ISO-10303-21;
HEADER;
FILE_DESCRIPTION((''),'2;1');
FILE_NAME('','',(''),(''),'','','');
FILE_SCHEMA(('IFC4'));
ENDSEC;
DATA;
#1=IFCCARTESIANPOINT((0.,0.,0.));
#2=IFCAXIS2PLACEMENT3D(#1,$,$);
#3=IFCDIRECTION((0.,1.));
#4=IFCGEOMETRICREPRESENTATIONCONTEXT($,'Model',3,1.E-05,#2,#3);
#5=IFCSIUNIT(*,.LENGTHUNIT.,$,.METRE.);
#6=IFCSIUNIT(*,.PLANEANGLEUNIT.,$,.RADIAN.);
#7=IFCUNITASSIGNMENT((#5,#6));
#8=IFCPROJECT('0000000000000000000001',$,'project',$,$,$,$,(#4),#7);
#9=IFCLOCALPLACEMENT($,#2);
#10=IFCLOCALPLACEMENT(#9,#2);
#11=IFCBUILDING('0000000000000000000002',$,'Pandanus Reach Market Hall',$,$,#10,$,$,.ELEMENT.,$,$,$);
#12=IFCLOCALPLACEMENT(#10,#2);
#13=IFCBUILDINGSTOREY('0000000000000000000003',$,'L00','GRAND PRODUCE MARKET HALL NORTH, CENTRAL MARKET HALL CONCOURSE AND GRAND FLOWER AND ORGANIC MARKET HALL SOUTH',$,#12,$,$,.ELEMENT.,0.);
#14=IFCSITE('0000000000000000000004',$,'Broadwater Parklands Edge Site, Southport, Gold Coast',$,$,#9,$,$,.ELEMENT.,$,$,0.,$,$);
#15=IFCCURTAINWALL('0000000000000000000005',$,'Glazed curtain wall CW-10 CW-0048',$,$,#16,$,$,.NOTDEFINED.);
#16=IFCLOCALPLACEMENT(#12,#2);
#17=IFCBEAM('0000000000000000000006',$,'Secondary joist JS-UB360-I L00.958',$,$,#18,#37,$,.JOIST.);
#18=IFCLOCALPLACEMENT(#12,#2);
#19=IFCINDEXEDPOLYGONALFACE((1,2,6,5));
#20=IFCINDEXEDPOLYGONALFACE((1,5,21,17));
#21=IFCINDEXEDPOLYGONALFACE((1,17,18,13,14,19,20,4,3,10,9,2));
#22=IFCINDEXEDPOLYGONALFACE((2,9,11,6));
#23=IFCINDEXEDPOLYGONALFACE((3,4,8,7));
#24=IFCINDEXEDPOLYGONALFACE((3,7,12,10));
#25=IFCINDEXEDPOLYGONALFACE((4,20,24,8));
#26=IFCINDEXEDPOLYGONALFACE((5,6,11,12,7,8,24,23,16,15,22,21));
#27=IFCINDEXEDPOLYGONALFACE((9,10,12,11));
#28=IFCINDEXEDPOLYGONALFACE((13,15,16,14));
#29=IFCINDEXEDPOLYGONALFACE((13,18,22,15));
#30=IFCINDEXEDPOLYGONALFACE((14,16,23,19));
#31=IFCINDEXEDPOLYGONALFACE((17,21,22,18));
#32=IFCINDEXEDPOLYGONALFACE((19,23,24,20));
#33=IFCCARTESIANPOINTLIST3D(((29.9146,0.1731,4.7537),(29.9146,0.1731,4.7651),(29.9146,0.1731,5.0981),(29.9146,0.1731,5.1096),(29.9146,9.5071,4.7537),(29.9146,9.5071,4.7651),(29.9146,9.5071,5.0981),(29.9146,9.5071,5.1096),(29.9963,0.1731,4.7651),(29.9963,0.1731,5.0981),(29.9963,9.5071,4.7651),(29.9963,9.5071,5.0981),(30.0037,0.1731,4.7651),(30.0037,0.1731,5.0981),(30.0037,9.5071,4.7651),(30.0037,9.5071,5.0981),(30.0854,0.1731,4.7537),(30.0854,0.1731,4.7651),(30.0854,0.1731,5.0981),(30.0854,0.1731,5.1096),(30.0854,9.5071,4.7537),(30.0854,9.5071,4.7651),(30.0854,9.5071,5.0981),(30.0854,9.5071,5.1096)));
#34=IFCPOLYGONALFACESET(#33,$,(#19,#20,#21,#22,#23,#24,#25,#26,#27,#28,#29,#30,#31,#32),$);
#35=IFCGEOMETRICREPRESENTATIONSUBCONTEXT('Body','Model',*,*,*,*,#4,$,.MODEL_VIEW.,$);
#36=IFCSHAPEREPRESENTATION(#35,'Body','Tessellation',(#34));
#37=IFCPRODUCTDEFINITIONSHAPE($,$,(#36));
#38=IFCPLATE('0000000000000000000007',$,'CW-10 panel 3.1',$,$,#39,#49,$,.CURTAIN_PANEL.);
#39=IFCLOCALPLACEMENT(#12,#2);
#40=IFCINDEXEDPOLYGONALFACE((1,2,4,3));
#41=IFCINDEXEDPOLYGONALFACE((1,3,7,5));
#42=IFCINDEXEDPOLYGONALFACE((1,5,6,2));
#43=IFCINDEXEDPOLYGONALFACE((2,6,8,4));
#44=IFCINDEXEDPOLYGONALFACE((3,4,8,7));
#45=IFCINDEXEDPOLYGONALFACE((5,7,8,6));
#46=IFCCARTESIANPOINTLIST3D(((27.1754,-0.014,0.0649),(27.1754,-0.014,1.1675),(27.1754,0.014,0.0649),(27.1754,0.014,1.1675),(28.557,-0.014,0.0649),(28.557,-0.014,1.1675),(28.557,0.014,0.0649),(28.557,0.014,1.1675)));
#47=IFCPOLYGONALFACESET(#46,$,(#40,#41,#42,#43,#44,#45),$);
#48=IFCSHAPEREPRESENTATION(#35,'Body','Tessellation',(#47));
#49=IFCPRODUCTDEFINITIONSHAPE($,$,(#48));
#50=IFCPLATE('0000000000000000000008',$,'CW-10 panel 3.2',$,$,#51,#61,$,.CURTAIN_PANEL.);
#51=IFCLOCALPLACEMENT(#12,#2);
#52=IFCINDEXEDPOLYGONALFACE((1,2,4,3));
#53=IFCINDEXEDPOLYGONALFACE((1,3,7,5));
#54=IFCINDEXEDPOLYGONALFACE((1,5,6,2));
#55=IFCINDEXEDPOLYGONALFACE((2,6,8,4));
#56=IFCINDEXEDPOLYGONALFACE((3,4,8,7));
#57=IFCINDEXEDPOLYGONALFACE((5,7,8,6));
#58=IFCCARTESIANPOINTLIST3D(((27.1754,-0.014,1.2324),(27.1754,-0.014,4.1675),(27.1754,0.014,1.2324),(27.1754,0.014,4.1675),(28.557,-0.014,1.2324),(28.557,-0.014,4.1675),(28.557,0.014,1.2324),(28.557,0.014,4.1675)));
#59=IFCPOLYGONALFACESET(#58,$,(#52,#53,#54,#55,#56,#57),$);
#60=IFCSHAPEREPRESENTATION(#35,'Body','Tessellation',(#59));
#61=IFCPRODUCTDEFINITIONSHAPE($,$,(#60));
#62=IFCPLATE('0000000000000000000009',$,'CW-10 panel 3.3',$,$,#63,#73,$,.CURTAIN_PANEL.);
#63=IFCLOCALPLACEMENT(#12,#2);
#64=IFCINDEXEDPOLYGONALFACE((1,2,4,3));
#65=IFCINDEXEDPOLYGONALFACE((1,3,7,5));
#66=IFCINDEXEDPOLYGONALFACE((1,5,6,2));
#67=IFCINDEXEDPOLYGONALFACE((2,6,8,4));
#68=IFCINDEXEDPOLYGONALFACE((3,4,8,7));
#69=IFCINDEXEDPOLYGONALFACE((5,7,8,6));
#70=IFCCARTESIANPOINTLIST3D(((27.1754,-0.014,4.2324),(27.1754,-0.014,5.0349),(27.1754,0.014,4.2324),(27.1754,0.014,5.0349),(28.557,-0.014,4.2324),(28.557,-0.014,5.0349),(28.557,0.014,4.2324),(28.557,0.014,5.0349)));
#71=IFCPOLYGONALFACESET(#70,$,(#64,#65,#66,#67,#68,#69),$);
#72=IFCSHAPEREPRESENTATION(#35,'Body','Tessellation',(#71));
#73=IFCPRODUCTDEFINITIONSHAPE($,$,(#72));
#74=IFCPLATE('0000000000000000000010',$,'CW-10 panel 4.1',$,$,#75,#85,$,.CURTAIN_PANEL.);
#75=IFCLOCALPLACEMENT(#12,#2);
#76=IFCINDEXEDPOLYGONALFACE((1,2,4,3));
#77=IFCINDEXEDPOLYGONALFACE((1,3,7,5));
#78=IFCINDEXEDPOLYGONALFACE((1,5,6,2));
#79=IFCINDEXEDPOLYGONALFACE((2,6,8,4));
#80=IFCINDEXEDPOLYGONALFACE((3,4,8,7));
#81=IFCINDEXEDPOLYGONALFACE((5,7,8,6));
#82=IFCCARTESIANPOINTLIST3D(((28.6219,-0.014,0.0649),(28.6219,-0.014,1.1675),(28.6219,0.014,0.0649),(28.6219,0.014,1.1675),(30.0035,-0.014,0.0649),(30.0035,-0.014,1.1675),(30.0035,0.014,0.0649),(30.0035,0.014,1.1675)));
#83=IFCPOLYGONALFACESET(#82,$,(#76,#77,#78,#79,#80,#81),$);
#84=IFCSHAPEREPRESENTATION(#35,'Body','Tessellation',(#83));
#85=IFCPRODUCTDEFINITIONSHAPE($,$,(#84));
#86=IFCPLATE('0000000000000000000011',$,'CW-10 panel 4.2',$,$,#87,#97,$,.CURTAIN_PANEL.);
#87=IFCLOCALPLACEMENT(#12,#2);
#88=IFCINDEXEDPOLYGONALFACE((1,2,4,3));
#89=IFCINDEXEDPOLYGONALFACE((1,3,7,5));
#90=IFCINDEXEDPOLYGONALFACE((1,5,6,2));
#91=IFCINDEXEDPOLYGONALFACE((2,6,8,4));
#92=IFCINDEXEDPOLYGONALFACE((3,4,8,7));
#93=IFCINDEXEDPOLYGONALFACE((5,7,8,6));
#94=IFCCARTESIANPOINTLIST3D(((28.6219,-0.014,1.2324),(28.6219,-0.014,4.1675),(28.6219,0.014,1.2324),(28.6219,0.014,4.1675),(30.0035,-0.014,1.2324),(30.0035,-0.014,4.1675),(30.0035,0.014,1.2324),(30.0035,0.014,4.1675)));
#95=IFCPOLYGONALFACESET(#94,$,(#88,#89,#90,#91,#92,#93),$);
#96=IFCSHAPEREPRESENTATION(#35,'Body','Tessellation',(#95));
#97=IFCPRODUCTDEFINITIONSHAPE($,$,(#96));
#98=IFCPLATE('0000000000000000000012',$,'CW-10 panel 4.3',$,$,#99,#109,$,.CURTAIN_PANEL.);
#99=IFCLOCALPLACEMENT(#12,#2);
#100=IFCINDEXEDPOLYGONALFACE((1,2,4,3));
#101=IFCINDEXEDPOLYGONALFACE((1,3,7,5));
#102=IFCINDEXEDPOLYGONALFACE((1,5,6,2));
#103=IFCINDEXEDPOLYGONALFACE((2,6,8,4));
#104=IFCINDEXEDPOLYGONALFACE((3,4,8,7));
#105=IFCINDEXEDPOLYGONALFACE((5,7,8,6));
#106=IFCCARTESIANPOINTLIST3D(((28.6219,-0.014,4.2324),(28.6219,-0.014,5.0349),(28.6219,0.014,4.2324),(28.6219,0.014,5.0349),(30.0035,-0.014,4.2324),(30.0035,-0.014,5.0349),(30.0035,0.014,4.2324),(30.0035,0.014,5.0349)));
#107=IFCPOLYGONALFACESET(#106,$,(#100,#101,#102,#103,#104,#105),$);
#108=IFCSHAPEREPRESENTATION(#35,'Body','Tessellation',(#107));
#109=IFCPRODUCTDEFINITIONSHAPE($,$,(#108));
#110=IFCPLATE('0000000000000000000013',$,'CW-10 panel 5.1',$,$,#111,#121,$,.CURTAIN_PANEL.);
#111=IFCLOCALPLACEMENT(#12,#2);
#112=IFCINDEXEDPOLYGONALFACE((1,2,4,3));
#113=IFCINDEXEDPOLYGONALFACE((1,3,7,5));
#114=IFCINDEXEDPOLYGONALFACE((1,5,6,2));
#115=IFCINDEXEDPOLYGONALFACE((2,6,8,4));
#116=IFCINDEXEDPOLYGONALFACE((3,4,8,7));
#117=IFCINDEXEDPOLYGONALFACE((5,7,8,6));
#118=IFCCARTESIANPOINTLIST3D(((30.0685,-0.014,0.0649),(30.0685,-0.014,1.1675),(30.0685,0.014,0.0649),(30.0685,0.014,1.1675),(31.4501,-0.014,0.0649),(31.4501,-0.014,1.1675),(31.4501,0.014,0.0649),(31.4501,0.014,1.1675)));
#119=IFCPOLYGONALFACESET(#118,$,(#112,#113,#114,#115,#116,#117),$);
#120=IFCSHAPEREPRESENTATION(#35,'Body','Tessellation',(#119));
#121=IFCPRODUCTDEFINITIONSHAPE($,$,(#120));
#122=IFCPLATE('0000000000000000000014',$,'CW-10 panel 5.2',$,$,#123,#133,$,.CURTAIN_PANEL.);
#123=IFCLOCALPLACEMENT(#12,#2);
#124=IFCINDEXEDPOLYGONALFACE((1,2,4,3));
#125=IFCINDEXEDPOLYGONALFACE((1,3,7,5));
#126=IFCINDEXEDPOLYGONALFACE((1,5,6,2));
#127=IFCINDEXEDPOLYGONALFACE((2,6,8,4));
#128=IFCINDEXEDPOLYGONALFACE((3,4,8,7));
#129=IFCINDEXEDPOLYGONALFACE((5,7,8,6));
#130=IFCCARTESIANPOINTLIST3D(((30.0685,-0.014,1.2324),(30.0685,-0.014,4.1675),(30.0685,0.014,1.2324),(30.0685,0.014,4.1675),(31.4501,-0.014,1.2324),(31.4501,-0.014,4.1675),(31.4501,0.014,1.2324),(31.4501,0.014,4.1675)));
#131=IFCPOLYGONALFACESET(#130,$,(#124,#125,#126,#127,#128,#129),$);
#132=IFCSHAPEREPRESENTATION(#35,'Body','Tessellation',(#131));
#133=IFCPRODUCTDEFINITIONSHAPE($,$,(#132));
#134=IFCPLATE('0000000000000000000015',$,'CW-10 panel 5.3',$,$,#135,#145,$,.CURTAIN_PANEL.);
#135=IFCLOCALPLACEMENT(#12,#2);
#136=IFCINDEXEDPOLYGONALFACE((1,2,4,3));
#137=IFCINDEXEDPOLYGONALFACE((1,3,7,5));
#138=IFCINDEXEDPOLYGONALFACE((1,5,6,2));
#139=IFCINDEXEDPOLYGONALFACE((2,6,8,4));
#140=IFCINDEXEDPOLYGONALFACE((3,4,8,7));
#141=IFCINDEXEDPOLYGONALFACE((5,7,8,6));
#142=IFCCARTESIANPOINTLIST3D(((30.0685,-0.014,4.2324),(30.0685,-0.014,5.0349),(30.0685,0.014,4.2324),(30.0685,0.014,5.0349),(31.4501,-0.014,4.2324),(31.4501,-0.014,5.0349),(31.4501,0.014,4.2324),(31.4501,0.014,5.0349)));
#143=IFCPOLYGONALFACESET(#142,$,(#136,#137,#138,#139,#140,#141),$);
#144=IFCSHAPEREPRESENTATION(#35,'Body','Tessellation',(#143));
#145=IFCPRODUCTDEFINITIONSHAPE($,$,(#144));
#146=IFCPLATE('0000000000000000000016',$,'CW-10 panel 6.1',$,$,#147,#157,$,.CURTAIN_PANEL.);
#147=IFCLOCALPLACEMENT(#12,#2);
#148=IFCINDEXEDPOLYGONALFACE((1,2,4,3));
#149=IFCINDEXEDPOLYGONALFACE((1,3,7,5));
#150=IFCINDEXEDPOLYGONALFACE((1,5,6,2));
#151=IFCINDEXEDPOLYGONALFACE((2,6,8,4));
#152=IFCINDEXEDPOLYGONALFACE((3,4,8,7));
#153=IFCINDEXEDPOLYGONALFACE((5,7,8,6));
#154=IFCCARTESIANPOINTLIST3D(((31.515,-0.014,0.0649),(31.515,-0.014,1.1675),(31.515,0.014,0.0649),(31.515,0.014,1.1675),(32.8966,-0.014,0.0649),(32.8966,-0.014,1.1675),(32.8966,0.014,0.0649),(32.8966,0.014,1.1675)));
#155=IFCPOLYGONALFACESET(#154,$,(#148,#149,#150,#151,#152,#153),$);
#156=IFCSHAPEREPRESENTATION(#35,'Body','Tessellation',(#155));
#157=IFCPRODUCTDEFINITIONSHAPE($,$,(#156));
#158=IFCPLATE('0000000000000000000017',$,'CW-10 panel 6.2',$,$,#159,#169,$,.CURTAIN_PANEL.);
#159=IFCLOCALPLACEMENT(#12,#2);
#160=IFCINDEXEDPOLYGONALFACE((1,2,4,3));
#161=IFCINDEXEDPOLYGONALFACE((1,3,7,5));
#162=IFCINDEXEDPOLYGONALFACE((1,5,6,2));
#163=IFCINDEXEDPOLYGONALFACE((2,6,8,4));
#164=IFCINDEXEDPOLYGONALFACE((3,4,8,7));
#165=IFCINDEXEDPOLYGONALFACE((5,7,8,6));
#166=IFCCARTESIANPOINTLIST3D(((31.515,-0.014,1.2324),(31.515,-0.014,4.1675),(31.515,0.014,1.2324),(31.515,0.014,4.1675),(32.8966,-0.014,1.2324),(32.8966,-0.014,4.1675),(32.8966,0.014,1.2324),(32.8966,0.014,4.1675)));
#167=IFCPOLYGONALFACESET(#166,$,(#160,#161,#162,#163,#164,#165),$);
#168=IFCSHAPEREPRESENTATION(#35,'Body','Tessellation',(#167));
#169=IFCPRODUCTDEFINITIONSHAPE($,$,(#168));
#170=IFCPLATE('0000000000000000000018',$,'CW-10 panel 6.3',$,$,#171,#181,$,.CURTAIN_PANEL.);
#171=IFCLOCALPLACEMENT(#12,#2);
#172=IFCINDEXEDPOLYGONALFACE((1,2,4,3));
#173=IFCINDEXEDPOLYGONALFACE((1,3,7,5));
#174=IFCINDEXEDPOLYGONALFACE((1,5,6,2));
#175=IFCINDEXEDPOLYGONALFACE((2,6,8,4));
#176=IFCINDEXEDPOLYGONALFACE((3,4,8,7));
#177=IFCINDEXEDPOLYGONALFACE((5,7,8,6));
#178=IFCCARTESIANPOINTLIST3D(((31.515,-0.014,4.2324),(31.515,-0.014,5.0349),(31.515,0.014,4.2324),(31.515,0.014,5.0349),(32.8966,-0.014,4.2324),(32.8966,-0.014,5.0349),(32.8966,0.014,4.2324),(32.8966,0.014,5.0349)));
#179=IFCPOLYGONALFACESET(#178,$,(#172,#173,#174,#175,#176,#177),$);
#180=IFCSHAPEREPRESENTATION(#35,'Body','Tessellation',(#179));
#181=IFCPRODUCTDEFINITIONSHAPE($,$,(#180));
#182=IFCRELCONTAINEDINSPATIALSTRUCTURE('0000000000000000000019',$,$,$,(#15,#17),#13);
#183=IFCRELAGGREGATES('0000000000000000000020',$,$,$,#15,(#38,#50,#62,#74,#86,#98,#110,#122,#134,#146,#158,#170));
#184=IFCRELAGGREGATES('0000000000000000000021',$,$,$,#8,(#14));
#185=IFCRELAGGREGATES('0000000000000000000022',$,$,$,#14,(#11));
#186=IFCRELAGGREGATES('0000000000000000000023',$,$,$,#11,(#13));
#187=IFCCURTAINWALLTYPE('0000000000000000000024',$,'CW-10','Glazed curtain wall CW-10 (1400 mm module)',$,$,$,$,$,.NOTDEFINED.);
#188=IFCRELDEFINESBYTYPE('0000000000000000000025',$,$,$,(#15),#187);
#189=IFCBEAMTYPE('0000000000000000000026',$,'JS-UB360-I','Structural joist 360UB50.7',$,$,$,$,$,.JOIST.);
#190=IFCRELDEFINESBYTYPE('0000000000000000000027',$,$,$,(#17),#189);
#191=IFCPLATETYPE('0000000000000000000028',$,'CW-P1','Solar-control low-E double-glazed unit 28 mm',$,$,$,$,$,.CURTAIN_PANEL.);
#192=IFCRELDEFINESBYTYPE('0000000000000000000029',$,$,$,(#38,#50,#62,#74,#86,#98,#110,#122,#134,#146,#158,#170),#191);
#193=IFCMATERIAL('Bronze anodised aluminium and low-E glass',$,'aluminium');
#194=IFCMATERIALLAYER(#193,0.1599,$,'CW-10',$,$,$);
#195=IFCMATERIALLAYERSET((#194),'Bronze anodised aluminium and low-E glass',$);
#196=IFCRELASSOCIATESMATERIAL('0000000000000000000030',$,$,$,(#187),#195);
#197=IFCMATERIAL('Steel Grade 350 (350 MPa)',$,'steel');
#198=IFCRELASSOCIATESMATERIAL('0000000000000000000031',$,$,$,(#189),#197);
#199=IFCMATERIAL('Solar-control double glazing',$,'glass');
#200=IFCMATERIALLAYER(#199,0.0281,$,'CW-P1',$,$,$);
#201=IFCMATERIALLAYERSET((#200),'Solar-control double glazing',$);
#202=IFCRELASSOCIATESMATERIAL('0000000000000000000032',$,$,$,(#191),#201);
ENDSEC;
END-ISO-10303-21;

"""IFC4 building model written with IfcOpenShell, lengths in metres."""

from ifc_helpers import new_model, si_unit, direction, frame, origin, origin_2d, place, context, subcontext, project, spatial, rectangle, i_section, extrude, material, layer, layer_set, material_profile, profile_set, type_object, element, aggregate, save


model = new_model("IFC4")

# Units and contexts
model_context = context("Model", 3, precision=1e-05, world=origin(), true_north=direction((0.0, 1.0)))
body_context = subcontext(model_context, "Body", "Model", "MODEL_VIEW")
ifc_project = project(units=[si_unit("LENGTHUNIT", "METRE"), si_unit("PLANEANGLEUNIT", "RADIAN")], contexts=[model_context])

# Site, building, storey
site_placement = place(None, origin())
site = spatial("IfcSite", under=ifc_project, at=site_placement, Name="Broadwater Parklands Edge Site, Southport, Gold Coast", CompositionType="ELEMENT", RefElevation=0.0)
building_placement = place(site_placement, origin())
building = spatial("IfcBuilding", under=site, at=building_placement, Name="Pandanus Reach Market Hall", CompositionType="ELEMENT")
storey_placement = place(building_placement, origin())
storey = spatial("IfcBuildingStorey", under=building, at=storey_placement, Name="L00", Description="GRAND PRODUCE MARKET HALL NORTH, CENTRAL MARKET HALL CONCOURSE AND GRAND FLOWER AND ORGANIC MARKET HALL SOUTH", CompositionType="ELEMENT", Elevation=0.0)

# Curtain wall
ifc_material_1 = material(Name="Bronze anodised aluminium and low-E glass", Category="aluminium")
ifc_layer_1 = layer(ifc_material_1, 0.1599, Name="CW-10")
ifc_layer_set_1 = layer_set([ifc_layer_1], Name="Bronze anodised aluminium and low-E glass")
curtain_wall_type = type_object("IfcCurtainWallType", Name="CW-10", Description="Glazed curtain wall CW-10 (1400 mm module)", PredefinedType="NOTDEFINED", material=ifc_layer_set_1)
curtain_wall_placement = place(storey_placement, origin())
curtain_wall = element("IfcCurtainWall", 1, at=curtain_wall_placement, inside=storey, type_object=curtain_wall_type, Name="Glazed curtain wall CW-10 CW-0048", PredefinedType="NOTDEFINED")

# Beam
ifc_material_2 = material(Name="Steel Grade 350 (350 MPa)", Category="steel")
ifc_material_profile_1 = material_profile(ifc_material_2, i_section(OverallWidth=0.1709, OverallDepth=0.356, WebThickness=0.0073, FlangeThickness=0.0115, at=origin_2d()), Name="360UB50.7", Category="LoadBearing")
ifc_profile_set_1 = profile_set([ifc_material_profile_1], Name="Steel Grade 350 (350 MPa)")
beam_type = type_object("IfcBeamType", Name="JS-UB360-I", Description="Structural joist 360UB50.7", PredefinedType="JOIST", material=ifc_profile_set_1)
beam_placement = place(storey_placement, frame((30.0, 0.1731, 4.9316), z_axis=(0.0, 1.0, 0.0), x_axis=(-1.0, 0.0, 0.0)))
element("IfcBeam", 2, at=beam_placement, inside=storey, type_object=beam_type, Name="Secondary joist JS-UB360-I L00.958", PredefinedType="JOIST", context=body_context, shape_type="SweptSolid", body=[
    extrude(i_section(OverallWidth=0.1709, OverallDepth=0.356, WebThickness=0.0073, FlangeThickness=0.0115, at=origin_2d()), origin(), (0.0, 0.0, 1.0), 9.334),
])

# Plates
ifc_material_3 = material(Name="Solar-control double glazing", Category="glass")
ifc_layer_2 = layer(ifc_material_3, 0.0281, Name="CW-P1")
ifc_layer_set_2 = layer_set([ifc_layer_2], Name="Solar-control double glazing")
plate_type = type_object("IfcPlateType", Name="CW-P1", Description="Solar-control low-E double-glazed unit 28 mm", PredefinedType="CURTAIN_PANEL", material=ifc_layer_set_2)
plate_1_placement = place(storey_placement, frame((27.8662, 0.0, 0.0649), z_axis=(0.0, 0.0, 1.0), x_axis=(1.0, 0.0, 0.0)))
plate_1 = element("IfcPlate", 3, at=plate_1_placement, type_object=plate_type, Name="CW-10 panel 3.1", PredefinedType="CURTAIN_PANEL", context=body_context, shape_type="SweptSolid", body=[
    extrude(rectangle(XDim=1.3816, YDim=0.0281, at=origin_2d()), origin(), (0.0, 0.0, 1.0), 1.1025),
])
plate_2_placement = place(storey_placement, frame((27.8662, 0.0, 1.2324), z_axis=(0.0, 0.0, 1.0), x_axis=(1.0, 0.0, 0.0)))
plate_2 = element("IfcPlate", 4, at=plate_2_placement, type_object=plate_type, Name="CW-10 panel 3.2", PredefinedType="CURTAIN_PANEL", context=body_context, shape_type="SweptSolid", body=[
    extrude(rectangle(XDim=1.3816, YDim=0.0281, at=origin_2d()), origin(), (0.0, 0.0, 1.0), 2.9351),
])
plate_3_placement = place(storey_placement, frame((27.8662, 0.0, 4.2324), z_axis=(0.0, 0.0, 1.0), x_axis=(1.0, 0.0, 0.0)))
plate_3 = element("IfcPlate", 5, at=plate_3_placement, type_object=plate_type, Name="CW-10 panel 3.3", PredefinedType="CURTAIN_PANEL", context=body_context, shape_type="SweptSolid", body=[
    extrude(rectangle(XDim=1.3816, YDim=0.0281, at=origin_2d()), origin(), (0.0, 0.0, 1.0), 0.8025),
])
plate_4_placement = place(storey_placement, frame((29.3127, 0.0, 0.0649), z_axis=(0.0, 0.0, 1.0), x_axis=(1.0, 0.0, 0.0)))
plate_4 = element("IfcPlate", 6, at=plate_4_placement, type_object=plate_type, Name="CW-10 panel 4.1", PredefinedType="CURTAIN_PANEL", context=body_context, shape_type="SweptSolid", body=[
    extrude(rectangle(XDim=1.3816, YDim=0.0281, at=origin_2d()), origin(), (0.0, 0.0, 1.0), 1.1025),
])
plate_5_placement = place(storey_placement, frame((29.3127, 0.0, 1.2324), z_axis=(0.0, 0.0, 1.0), x_axis=(1.0, 0.0, 0.0)))
plate_5 = element("IfcPlate", 7, at=plate_5_placement, type_object=plate_type, Name="CW-10 panel 4.2", PredefinedType="CURTAIN_PANEL", context=body_context, shape_type="SweptSolid", body=[
    extrude(rectangle(XDim=1.3816, YDim=0.0281, at=origin_2d()), origin(), (0.0, 0.0, 1.0), 2.9351),
])
plate_6_placement = place(storey_placement, frame((29.3127, 0.0, 4.2324), z_axis=(0.0, 0.0, 1.0), x_axis=(1.0, 0.0, 0.0)))
plate_6 = element("IfcPlate", 8, at=plate_6_placement, type_object=plate_type, Name="CW-10 panel 4.3", PredefinedType="CURTAIN_PANEL", context=body_context, shape_type="SweptSolid", body=[
    extrude(rectangle(XDim=1.3816, YDim=0.0281, at=origin_2d()), origin(), (0.0, 0.0, 1.0), 0.8025),
])
plate_7_placement = place(storey_placement, frame((30.7593, 0.0, 0.0649), z_axis=(0.0, 0.0, 1.0), x_axis=(1.0, 0.0, 0.0)))
plate_7 = element("IfcPlate", 9, at=plate_7_placement, type_object=plate_type, Name="CW-10 panel 5.1", PredefinedType="CURTAIN_PANEL", context=body_context, shape_type="SweptSolid", body=[
    extrude(rectangle(XDim=1.3816, YDim=0.0281, at=origin_2d()), origin(), (0.0, 0.0, 1.0), 1.1025),
])
plate_8_placement = place(storey_placement, frame((30.7593, 0.0, 1.2324), z_axis=(0.0, 0.0, 1.0), x_axis=(1.0, 0.0, 0.0)))
plate_8 = element("IfcPlate", 10, at=plate_8_placement, type_object=plate_type, Name="CW-10 panel 5.2", PredefinedType="CURTAIN_PANEL", context=body_context, shape_type="SweptSolid", body=[
    extrude(rectangle(XDim=1.3816, YDim=0.0281, at=origin_2d()), origin(), (0.0, 0.0, 1.0), 2.9351),
])
plate_9_placement = place(storey_placement, frame((30.7593, 0.0, 4.2324), z_axis=(0.0, 0.0, 1.0), x_axis=(1.0, 0.0, 0.0)))
plate_9 = element("IfcPlate", 11, at=plate_9_placement, type_object=plate_type, Name="CW-10 panel 5.3", PredefinedType="CURTAIN_PANEL", context=body_context, shape_type="SweptSolid", body=[
    extrude(rectangle(XDim=1.3816, YDim=0.0281, at=origin_2d()), origin(), (0.0, 0.0, 1.0), 0.8025),
])
plate_10_placement = place(storey_placement, frame((32.2058, 0.0, 0.0649), z_axis=(0.0, 0.0, 1.0), x_axis=(1.0, 0.0, 0.0)))
plate_10 = element("IfcPlate", 12, at=plate_10_placement, type_object=plate_type, Name="CW-10 panel 6.1", PredefinedType="CURTAIN_PANEL", context=body_context, shape_type="SweptSolid", body=[
    extrude(rectangle(XDim=1.3816, YDim=0.0281, at=origin_2d()), origin(), (0.0, 0.0, 1.0), 1.1025),
])
plate_11_placement = place(storey_placement, frame((32.2058, 0.0, 1.2324), z_axis=(0.0, 0.0, 1.0), x_axis=(1.0, 0.0, 0.0)))
plate_11 = element("IfcPlate", 13, at=plate_11_placement, type_object=plate_type, Name="CW-10 panel 6.2", PredefinedType="CURTAIN_PANEL", context=body_context, shape_type="SweptSolid", body=[
    extrude(rectangle(XDim=1.3816, YDim=0.0281, at=origin_2d()), origin(), (0.0, 0.0, 1.0), 2.9351),
])
plate_12_placement = place(storey_placement, frame((32.2058, 0.0, 4.2324), z_axis=(0.0, 0.0, 1.0), x_axis=(1.0, 0.0, 0.0)))
plate_12 = element("IfcPlate", 14, at=plate_12_placement, type_object=plate_type, Name="CW-10 panel 6.3", PredefinedType="CURTAIN_PANEL", context=body_context, shape_type="SweptSolid", body=[
    extrude(rectangle(XDim=1.3816, YDim=0.0281, at=origin_2d()), origin(), (0.0, 0.0, 1.0), 0.8025),
])
aggregate(curtain_wall, [plate_1, plate_2, plate_3, plate_4, plate_5, plate_6, plate_7, plate_8, plate_9, plate_10, plate_11, plate_12])

save(model, "model.ifc")
